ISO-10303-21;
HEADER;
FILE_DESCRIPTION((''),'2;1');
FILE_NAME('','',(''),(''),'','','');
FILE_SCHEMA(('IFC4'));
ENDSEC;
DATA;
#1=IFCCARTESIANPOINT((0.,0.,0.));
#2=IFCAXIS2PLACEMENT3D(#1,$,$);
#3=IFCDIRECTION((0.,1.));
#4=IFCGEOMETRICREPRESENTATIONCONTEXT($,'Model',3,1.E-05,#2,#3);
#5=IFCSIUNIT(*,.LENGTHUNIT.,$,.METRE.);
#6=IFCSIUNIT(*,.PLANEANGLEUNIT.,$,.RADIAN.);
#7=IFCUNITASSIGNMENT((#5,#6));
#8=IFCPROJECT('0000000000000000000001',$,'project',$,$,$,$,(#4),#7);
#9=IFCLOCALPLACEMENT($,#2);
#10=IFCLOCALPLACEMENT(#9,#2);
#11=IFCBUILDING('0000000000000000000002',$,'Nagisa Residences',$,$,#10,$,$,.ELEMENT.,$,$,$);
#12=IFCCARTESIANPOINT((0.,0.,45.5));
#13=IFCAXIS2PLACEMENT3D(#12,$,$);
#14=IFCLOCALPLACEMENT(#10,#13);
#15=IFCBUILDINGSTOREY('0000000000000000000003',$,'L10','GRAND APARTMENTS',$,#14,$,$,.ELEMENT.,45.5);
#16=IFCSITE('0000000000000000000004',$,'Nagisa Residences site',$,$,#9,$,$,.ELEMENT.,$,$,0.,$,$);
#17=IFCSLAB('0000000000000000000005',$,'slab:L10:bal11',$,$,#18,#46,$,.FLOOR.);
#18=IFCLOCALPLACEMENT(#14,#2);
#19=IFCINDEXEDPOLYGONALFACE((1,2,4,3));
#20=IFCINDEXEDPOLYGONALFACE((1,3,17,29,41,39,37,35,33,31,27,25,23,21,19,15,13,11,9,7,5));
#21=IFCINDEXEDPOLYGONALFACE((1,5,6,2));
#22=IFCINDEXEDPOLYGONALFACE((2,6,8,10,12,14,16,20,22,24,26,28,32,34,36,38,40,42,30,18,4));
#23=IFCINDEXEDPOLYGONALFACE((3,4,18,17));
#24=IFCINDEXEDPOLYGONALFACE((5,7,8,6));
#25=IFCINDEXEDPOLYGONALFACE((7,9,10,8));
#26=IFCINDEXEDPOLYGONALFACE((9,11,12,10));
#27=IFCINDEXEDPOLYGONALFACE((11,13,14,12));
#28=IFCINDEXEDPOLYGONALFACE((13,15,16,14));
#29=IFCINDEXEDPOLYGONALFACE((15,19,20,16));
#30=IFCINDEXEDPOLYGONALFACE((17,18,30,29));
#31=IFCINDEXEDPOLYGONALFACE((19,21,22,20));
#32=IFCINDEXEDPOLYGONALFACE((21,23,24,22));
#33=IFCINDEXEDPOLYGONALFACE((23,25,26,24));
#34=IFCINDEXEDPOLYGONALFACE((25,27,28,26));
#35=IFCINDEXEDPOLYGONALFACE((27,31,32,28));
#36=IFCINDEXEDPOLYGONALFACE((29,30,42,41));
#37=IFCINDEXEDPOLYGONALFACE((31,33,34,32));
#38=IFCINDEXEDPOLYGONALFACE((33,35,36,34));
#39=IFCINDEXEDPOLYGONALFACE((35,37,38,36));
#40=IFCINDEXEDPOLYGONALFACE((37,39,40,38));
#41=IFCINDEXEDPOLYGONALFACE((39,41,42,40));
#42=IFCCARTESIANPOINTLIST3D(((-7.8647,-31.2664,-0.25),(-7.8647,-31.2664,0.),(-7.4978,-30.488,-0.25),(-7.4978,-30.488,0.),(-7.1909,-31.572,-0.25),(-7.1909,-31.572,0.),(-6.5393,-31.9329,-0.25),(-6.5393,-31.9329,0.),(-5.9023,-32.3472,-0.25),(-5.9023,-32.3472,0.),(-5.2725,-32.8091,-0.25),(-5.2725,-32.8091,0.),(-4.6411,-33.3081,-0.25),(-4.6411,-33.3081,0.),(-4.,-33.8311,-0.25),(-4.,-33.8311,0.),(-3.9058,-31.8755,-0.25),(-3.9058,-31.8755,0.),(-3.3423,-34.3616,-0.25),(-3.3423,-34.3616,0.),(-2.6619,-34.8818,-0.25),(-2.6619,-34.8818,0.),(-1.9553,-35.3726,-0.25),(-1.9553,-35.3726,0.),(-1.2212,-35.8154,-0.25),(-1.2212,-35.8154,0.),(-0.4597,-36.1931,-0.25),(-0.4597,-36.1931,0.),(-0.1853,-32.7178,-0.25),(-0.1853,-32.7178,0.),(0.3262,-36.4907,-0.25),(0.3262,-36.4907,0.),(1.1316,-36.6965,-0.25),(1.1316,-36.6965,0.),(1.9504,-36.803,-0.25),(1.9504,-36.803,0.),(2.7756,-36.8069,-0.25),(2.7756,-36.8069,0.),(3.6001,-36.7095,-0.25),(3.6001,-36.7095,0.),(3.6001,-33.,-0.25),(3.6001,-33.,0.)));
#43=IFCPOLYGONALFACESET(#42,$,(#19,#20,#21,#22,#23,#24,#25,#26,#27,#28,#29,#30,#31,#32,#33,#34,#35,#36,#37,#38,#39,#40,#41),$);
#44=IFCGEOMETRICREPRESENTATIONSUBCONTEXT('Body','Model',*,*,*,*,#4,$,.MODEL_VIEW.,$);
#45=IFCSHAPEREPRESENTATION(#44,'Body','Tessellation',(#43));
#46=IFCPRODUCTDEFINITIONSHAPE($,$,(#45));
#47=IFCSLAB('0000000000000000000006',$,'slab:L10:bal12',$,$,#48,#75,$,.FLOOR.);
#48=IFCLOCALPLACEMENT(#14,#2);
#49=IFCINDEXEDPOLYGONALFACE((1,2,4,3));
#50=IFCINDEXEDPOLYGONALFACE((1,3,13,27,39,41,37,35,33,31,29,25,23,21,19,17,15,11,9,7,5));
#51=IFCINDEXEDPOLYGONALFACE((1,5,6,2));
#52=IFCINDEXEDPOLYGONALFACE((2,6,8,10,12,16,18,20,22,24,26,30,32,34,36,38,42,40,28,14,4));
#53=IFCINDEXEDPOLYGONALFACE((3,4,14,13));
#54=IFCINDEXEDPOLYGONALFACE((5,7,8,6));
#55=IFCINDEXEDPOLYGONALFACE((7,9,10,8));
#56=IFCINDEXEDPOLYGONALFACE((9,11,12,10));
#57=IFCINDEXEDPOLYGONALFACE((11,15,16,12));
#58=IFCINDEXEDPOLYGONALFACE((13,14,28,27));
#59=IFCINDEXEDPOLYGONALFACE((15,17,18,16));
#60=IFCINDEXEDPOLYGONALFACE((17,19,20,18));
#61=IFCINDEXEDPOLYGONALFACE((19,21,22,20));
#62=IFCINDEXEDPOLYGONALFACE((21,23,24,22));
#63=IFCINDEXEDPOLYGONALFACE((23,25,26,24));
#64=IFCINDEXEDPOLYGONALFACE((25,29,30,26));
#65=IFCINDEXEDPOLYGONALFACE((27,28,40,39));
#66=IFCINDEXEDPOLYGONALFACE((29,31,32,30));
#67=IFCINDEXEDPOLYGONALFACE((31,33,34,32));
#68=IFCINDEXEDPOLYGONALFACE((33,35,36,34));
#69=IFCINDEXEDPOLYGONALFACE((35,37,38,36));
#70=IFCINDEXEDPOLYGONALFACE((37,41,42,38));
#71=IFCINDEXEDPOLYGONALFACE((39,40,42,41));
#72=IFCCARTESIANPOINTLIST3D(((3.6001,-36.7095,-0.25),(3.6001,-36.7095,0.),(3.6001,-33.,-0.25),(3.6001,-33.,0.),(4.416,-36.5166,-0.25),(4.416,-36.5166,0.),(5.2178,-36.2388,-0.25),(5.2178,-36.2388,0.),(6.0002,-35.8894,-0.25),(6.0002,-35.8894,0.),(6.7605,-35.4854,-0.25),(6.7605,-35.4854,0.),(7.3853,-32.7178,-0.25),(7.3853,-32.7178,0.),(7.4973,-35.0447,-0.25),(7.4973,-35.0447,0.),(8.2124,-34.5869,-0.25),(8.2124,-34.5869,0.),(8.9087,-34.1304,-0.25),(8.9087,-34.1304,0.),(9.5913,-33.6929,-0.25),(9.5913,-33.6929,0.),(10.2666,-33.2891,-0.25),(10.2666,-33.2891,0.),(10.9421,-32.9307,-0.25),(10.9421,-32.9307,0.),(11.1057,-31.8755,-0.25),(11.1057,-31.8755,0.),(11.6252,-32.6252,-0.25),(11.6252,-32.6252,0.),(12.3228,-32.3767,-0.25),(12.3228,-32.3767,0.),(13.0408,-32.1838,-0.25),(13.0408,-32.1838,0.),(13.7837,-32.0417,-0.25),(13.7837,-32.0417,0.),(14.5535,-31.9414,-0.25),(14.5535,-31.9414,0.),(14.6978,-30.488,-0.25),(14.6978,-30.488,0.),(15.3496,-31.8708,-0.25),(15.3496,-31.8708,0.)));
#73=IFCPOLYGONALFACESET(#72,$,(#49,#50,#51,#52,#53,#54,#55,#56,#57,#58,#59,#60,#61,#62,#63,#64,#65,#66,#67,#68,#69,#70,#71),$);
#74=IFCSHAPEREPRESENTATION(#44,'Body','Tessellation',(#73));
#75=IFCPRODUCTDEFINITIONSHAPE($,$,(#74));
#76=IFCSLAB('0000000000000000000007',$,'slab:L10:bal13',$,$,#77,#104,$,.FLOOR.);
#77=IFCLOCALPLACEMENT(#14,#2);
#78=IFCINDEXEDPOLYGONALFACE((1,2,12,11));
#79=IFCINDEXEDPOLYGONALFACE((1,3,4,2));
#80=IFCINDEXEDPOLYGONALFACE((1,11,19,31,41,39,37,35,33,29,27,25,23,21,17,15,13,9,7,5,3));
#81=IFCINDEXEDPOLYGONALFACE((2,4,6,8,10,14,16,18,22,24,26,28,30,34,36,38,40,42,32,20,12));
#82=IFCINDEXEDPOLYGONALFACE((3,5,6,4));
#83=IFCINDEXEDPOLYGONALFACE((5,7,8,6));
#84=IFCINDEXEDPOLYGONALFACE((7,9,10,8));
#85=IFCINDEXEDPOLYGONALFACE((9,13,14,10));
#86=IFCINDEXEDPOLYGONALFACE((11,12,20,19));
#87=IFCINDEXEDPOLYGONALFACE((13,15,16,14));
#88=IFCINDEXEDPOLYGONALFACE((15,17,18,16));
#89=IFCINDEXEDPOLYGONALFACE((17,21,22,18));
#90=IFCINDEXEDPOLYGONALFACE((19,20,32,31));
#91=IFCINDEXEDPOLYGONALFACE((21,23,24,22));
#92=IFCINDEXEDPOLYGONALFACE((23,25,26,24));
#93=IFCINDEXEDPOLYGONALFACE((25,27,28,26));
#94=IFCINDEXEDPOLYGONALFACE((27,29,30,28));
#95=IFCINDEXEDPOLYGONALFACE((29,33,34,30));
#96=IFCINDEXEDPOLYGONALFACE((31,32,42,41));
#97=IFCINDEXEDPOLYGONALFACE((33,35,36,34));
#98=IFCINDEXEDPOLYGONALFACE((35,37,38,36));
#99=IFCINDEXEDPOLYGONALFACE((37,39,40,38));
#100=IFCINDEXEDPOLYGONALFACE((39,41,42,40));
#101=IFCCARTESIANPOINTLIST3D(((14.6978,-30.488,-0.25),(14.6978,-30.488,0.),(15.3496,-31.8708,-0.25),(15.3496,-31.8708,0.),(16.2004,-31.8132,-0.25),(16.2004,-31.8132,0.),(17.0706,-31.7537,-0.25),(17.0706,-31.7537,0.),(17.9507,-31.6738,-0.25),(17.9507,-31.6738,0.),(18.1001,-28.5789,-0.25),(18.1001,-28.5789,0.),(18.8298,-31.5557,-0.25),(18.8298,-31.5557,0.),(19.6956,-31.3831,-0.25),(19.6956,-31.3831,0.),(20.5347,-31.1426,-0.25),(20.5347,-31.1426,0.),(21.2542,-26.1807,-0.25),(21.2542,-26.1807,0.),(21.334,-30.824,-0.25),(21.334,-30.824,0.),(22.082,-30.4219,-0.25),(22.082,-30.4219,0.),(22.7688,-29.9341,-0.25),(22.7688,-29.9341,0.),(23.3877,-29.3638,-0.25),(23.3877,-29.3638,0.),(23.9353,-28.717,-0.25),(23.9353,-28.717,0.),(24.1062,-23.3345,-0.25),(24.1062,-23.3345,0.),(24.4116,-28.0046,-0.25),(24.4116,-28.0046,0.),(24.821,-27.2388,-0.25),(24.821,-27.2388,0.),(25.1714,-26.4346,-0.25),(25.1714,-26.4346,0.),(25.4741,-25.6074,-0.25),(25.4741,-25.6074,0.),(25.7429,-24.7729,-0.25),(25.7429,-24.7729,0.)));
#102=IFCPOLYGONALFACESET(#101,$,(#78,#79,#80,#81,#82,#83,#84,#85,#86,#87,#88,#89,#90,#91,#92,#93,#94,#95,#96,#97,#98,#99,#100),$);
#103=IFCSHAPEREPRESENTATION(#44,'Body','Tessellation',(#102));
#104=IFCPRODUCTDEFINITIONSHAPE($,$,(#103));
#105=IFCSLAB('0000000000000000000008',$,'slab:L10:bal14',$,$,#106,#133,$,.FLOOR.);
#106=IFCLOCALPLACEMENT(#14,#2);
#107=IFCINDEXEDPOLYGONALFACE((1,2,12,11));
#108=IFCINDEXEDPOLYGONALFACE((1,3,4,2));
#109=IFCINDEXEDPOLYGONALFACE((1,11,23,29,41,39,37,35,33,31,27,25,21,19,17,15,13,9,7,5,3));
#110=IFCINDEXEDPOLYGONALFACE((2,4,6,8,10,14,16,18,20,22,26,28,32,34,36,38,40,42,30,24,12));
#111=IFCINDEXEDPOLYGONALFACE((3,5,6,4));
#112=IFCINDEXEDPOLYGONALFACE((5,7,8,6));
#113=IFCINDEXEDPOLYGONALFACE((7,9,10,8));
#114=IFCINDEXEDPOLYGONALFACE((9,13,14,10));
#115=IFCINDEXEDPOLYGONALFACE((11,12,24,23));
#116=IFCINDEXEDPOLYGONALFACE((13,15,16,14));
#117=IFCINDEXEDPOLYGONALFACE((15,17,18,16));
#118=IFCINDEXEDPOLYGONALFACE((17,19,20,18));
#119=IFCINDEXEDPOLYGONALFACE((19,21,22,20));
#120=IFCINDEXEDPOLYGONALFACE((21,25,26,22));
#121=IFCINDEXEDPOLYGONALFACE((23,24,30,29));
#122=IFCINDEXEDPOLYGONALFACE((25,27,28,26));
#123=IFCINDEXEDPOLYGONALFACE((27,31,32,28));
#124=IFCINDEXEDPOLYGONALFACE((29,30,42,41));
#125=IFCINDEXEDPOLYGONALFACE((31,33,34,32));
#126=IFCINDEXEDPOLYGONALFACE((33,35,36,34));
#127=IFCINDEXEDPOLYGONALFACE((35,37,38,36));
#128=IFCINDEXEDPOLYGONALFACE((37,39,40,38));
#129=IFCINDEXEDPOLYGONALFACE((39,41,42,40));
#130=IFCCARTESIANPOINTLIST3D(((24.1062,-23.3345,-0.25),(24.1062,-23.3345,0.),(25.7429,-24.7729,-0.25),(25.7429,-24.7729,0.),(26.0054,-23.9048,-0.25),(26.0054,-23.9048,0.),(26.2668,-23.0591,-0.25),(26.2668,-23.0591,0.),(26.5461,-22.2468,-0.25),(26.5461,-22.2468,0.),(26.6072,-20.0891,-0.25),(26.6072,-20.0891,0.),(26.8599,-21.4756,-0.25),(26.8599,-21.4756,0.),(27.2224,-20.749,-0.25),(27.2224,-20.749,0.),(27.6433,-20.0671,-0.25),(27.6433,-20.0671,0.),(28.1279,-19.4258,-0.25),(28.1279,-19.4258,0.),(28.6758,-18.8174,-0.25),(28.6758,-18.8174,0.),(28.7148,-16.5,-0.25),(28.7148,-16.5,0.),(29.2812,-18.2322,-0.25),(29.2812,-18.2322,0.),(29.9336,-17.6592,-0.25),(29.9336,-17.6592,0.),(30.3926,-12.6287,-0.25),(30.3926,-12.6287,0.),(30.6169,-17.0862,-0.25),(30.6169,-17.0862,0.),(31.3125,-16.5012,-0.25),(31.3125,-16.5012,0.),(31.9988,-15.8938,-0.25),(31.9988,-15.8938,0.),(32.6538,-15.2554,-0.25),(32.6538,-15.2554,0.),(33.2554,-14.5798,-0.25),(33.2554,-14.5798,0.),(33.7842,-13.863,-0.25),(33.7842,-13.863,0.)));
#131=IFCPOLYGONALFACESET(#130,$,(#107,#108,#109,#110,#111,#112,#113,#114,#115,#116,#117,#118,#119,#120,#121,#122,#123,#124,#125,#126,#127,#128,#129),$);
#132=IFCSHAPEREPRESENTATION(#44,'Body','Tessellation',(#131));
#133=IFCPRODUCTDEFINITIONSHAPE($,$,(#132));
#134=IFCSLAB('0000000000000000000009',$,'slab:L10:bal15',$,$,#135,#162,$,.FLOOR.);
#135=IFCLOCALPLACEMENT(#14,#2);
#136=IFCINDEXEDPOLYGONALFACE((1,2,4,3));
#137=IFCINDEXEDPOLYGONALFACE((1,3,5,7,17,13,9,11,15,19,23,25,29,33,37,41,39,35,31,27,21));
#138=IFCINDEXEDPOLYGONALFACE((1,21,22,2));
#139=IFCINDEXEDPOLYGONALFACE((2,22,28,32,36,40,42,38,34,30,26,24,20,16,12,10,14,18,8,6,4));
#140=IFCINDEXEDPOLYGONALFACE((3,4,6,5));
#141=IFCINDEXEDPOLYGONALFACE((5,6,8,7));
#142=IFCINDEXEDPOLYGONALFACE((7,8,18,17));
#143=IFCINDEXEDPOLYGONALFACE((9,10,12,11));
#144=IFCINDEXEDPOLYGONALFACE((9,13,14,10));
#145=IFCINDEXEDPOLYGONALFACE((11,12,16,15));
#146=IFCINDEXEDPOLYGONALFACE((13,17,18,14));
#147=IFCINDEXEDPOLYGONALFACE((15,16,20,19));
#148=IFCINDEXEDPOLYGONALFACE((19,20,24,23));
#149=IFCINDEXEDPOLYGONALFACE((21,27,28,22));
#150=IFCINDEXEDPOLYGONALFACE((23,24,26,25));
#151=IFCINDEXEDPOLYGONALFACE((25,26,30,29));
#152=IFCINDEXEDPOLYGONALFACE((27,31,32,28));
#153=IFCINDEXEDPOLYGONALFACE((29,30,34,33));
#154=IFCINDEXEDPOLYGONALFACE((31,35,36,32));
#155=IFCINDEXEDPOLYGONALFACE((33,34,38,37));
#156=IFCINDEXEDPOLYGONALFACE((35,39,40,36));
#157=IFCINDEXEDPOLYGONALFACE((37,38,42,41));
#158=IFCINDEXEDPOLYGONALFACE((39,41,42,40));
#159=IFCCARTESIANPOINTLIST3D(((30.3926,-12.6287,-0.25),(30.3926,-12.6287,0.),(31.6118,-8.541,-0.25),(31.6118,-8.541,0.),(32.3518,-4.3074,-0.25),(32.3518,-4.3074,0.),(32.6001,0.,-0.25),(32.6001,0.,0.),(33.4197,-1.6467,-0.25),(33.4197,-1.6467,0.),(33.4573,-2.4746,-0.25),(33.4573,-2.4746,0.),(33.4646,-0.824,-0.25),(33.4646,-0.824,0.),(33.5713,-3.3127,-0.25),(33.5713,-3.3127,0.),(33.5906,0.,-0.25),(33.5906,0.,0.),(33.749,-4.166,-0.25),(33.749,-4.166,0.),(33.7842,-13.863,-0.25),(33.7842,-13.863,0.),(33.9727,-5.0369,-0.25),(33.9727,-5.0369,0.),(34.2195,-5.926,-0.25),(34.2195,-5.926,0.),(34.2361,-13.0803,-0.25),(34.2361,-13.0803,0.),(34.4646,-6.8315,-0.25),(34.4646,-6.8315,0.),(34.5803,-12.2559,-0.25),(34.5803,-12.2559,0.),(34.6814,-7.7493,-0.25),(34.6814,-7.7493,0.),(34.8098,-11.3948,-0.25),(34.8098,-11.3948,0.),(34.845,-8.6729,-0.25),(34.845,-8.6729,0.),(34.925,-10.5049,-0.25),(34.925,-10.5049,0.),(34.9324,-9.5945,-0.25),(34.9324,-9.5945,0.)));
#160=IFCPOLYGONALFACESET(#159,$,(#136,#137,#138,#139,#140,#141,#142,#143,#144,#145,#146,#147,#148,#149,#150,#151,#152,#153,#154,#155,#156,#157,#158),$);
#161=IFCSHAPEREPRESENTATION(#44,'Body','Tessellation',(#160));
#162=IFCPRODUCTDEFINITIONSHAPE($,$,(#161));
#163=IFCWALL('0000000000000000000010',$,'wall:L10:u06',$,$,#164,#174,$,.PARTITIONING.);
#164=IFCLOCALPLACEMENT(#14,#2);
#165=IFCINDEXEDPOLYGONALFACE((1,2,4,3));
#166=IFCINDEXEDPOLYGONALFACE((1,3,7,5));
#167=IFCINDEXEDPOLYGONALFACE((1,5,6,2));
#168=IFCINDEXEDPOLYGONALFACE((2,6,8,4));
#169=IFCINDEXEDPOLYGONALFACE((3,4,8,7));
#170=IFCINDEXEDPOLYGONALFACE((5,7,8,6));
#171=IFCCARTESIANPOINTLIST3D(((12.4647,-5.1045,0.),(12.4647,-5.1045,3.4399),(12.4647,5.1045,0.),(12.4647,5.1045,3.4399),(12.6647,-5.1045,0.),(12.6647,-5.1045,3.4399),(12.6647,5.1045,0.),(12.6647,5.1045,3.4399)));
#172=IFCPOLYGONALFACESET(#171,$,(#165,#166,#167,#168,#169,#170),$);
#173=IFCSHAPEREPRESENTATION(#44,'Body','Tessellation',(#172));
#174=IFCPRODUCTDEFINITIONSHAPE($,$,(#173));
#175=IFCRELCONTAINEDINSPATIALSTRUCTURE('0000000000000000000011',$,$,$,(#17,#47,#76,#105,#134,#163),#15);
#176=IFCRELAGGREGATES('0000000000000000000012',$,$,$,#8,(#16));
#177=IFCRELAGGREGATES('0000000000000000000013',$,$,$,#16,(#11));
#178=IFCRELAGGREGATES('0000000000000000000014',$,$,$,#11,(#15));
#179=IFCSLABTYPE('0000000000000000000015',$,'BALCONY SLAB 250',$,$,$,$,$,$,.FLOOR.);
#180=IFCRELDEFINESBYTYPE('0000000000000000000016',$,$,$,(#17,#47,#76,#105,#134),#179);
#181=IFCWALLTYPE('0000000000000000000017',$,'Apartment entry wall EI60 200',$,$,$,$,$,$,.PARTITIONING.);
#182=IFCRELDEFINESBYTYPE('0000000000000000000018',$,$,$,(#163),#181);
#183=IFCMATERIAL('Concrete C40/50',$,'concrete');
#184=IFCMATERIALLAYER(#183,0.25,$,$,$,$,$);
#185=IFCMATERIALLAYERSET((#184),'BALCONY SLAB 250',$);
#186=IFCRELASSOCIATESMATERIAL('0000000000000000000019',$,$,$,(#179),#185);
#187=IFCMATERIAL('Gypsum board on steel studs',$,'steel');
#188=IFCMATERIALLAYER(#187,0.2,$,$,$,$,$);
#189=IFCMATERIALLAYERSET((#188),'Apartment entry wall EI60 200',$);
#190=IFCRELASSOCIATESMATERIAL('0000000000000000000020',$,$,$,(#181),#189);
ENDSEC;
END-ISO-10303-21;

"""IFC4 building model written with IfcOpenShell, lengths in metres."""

from ifc_helpers import new_model, si_unit, direction, frame, frame_2d, origin, place, context, subcontext, project, spatial, polyline, rectangle, outline, extrude, material, layer, layer_set, type_object, element, save


model = new_model("IFC4")

# Units and contexts
model_context = context("Model", 3, precision=1e-05, world=origin(), true_north=direction((0.0, 1.0)))
body_context = subcontext(model_context, "Body", "Model", "MODEL_VIEW")
ifc_project = project(units=[si_unit("LENGTHUNIT", "METRE"), si_unit("PLANEANGLEUNIT", "RADIAN")], contexts=[model_context])

# Site, building, storey
site_placement = place(None, origin())
site = spatial("IfcSite", under=ifc_project, at=site_placement, Name="Nagisa Residences site", CompositionType="ELEMENT", RefElevation=0.0)
building_placement = place(site_placement, origin())
building = spatial("IfcBuilding", under=site, at=building_placement, Name="Nagisa Residences", CompositionType="ELEMENT")
storey_placement = place(building_placement, frame((0.0, 0.0, 45.5)))
storey = spatial("IfcBuildingStorey", under=building, at=storey_placement, Name="L10", Description="GRAND APARTMENTS", CompositionType="ELEMENT", Elevation=45.5)

# Slabs
ifc_material_1 = material(Name="Concrete C40/50", Category="concrete")
ifc_layer_1 = layer(ifc_material_1, 0.25)
ifc_layer_set_1 = layer_set([ifc_layer_1], Name="BALCONY SLAB 250")
slab_type = type_object("IfcSlabType", Name="BALCONY SLAB 250", PredefinedType="FLOOR", material=ifc_layer_set_1)
slab_1_placement = place(storey_placement, frame((0.0, 0.0, -0.25)))
element("IfcSlab", 1, at=slab_1_placement, inside=storey, type_object=slab_type, Name="slab:L10:bal11", PredefinedType="FLOOR", context=body_context, shape_type="SweptSolid", body=[
    extrude(outline(polyline([(-7.8647, -31.2664), (-7.1909, -31.572), (-6.5393, -31.9329), (-5.9023, -32.3472), (-5.2725, -32.8091), (-4.6411, -33.3081), (-4.0, -33.8311), (-3.3423, -34.3616), (-2.6619, -34.8818), (-1.9553, -35.3726), (-1.2212, -35.8154), (-0.4597, -36.1931), (0.3262, -36.4907), (1.1316, -36.6965), (1.9504, -36.803), (2.7756, -36.8069), (3.6001, -36.7095), (3.6001, -33.0), (-0.1853, -32.7178), (-3.9058, -31.8755), (-7.4978, -30.488), (-7.8647, -31.2664)])), origin(), (0.0, 0.0, 1.0), 0.25),
])
slab_2_placement = place(storey_placement, frame((0.0, 0.0, -0.25)))
element("IfcSlab", 2, at=slab_2_placement, inside=storey, type_object=slab_type, Name="slab:L10:bal12", PredefinedType="FLOOR", context=body_context, shape_type="SweptSolid", body=[
    extrude(outline(polyline([(3.6001, -36.7095), (4.416, -36.5166), (5.2178, -36.2388), (6.0002, -35.8894), (6.7605, -35.4854), (7.4973, -35.0447), (8.2124, -34.5869), (8.9087, -34.1304), (9.5913, -33.6929), (10.2666, -33.2891), (10.9421, -32.9307), (11.6252, -32.6252), (12.3228, -32.3767), (13.0408, -32.1838), (13.7837, -32.0417), (14.5535, -31.9414), (15.3496, -31.8708), (14.6978, -30.488), (11.1057, -31.8755), (7.3853, -32.7178), (3.6001, -33.0), (3.6001, -36.7095)])), origin(), (0.0, 0.0, 1.0), 0.25),
])
slab_3_placement = place(storey_placement, frame((0.0, 0.0, -0.25)))
element("IfcSlab", 3, at=slab_3_placement, inside=storey, type_object=slab_type, Name="slab:L10:bal13", PredefinedType="FLOOR", context=body_context, shape_type="SweptSolid", body=[
    extrude(outline(polyline([(15.3496, -31.8708), (16.2004, -31.8132), (17.0706, -31.7537), (17.9507, -31.6738), (18.8298, -31.5557), (19.6956, -31.3831), (20.5347, -31.1426), (21.334, -30.824), (22.082, -30.4219), (22.7688, -29.9341), (23.3877, -29.3638), (23.9353, -28.717), (24.4116, -28.0046), (24.821, -27.2388), (25.1714, -26.4346), (25.4741, -25.6074), (25.7429, -24.7729), (24.1062, -23.3345), (21.2542, -26.1807), (18.1001, -28.5789), (14.6978, -30.488), (15.3496, -31.8708)])), origin(), (0.0, 0.0, 1.0), 0.25),
])
slab_4_placement = place(storey_placement, frame((0.0, 0.0, -0.25)))
element("IfcSlab", 4, at=slab_4_placement, inside=storey, type_object=slab_type, Name="slab:L10:bal14", PredefinedType="FLOOR", context=body_context, shape_type="SweptSolid", body=[
    extrude(outline(polyline([(25.7429, -24.7729), (26.0054, -23.9048), (26.2668, -23.0591), (26.5461, -22.2468), (26.8599, -21.4756), (27.2224, -20.749), (27.6433, -20.0671), (28.1279, -19.4258), (28.6758, -18.8174), (29.2812, -18.2322), (29.9336, -17.6592), (30.6169, -17.0862), (31.3125, -16.5012), (31.9988, -15.8938), (32.6538, -15.2554), (33.2554, -14.5798), (33.7842, -13.863), (30.3926, -12.6287), (28.7148, -16.5), (26.6072, -20.0891), (24.1062, -23.3345), (25.7429, -24.7729)])), origin(), (0.0, 0.0, 1.0), 0.25),
])
slab_5_placement = place(storey_placement, frame((0.0, 0.0, -0.25)))
element("IfcSlab", 5, at=slab_5_placement, inside=storey, type_object=slab_type, Name="slab:L10:bal15", PredefinedType="FLOOR", context=body_context, shape_type="SweptSolid", body=[
    extrude(outline(polyline([(33.7842, -13.863), (34.2361, -13.0803), (34.5803, -12.2559), (34.8098, -11.3948), (34.925, -10.5049), (34.9324, -9.5945), (34.845, -8.6729), (34.6814, -7.7493), (34.4646, -6.8315), (34.2195, -5.926), (33.9727, -5.0369), (33.749, -4.166), (33.5713, -3.3127), (33.4573, -2.4746), (33.4197, -1.6467), (33.4646, -0.824), (33.5906, 0.0), (32.6001, 0.0), (32.3518, -4.3074), (31.6118, -8.541), (30.3926, -12.6287), (33.7842, -13.863)])), origin(), (0.0, 0.0, 1.0), 0.25),
])

# Wall
ifc_material_2 = material(Name="Gypsum board on steel studs", Category="steel")
ifc_layer_2 = layer(ifc_material_2, 0.2)
ifc_layer_set_2 = layer_set([ifc_layer_2], Name="Apartment entry wall EI60 200")
wall_type_1 = type_object("IfcWallType", Name="Apartment entry wall EI60 200", PredefinedType="PARTITIONING", material=ifc_layer_set_2)
wall_1_placement = place(storey_placement, frame((12.5647, -5.1045, 0.0), z_axis=(0.0, 0.0, 1.0), x_axis=(0.0, 1.0, 0.0)))
element("IfcWall", 6, at=wall_1_placement, inside=storey, type_object=wall_type_1, Name="wall:L10:u06", PredefinedType="PARTITIONING", context=body_context, shape_type="SweptSolid", body=[
    extrude(rectangle(XDim=10.209, YDim=0.2, at=frame_2d((5.1045, 0.0))), origin(), (0.0, 0.0, 1.0), 3.4399),
])

save(model, "model.ifc")
